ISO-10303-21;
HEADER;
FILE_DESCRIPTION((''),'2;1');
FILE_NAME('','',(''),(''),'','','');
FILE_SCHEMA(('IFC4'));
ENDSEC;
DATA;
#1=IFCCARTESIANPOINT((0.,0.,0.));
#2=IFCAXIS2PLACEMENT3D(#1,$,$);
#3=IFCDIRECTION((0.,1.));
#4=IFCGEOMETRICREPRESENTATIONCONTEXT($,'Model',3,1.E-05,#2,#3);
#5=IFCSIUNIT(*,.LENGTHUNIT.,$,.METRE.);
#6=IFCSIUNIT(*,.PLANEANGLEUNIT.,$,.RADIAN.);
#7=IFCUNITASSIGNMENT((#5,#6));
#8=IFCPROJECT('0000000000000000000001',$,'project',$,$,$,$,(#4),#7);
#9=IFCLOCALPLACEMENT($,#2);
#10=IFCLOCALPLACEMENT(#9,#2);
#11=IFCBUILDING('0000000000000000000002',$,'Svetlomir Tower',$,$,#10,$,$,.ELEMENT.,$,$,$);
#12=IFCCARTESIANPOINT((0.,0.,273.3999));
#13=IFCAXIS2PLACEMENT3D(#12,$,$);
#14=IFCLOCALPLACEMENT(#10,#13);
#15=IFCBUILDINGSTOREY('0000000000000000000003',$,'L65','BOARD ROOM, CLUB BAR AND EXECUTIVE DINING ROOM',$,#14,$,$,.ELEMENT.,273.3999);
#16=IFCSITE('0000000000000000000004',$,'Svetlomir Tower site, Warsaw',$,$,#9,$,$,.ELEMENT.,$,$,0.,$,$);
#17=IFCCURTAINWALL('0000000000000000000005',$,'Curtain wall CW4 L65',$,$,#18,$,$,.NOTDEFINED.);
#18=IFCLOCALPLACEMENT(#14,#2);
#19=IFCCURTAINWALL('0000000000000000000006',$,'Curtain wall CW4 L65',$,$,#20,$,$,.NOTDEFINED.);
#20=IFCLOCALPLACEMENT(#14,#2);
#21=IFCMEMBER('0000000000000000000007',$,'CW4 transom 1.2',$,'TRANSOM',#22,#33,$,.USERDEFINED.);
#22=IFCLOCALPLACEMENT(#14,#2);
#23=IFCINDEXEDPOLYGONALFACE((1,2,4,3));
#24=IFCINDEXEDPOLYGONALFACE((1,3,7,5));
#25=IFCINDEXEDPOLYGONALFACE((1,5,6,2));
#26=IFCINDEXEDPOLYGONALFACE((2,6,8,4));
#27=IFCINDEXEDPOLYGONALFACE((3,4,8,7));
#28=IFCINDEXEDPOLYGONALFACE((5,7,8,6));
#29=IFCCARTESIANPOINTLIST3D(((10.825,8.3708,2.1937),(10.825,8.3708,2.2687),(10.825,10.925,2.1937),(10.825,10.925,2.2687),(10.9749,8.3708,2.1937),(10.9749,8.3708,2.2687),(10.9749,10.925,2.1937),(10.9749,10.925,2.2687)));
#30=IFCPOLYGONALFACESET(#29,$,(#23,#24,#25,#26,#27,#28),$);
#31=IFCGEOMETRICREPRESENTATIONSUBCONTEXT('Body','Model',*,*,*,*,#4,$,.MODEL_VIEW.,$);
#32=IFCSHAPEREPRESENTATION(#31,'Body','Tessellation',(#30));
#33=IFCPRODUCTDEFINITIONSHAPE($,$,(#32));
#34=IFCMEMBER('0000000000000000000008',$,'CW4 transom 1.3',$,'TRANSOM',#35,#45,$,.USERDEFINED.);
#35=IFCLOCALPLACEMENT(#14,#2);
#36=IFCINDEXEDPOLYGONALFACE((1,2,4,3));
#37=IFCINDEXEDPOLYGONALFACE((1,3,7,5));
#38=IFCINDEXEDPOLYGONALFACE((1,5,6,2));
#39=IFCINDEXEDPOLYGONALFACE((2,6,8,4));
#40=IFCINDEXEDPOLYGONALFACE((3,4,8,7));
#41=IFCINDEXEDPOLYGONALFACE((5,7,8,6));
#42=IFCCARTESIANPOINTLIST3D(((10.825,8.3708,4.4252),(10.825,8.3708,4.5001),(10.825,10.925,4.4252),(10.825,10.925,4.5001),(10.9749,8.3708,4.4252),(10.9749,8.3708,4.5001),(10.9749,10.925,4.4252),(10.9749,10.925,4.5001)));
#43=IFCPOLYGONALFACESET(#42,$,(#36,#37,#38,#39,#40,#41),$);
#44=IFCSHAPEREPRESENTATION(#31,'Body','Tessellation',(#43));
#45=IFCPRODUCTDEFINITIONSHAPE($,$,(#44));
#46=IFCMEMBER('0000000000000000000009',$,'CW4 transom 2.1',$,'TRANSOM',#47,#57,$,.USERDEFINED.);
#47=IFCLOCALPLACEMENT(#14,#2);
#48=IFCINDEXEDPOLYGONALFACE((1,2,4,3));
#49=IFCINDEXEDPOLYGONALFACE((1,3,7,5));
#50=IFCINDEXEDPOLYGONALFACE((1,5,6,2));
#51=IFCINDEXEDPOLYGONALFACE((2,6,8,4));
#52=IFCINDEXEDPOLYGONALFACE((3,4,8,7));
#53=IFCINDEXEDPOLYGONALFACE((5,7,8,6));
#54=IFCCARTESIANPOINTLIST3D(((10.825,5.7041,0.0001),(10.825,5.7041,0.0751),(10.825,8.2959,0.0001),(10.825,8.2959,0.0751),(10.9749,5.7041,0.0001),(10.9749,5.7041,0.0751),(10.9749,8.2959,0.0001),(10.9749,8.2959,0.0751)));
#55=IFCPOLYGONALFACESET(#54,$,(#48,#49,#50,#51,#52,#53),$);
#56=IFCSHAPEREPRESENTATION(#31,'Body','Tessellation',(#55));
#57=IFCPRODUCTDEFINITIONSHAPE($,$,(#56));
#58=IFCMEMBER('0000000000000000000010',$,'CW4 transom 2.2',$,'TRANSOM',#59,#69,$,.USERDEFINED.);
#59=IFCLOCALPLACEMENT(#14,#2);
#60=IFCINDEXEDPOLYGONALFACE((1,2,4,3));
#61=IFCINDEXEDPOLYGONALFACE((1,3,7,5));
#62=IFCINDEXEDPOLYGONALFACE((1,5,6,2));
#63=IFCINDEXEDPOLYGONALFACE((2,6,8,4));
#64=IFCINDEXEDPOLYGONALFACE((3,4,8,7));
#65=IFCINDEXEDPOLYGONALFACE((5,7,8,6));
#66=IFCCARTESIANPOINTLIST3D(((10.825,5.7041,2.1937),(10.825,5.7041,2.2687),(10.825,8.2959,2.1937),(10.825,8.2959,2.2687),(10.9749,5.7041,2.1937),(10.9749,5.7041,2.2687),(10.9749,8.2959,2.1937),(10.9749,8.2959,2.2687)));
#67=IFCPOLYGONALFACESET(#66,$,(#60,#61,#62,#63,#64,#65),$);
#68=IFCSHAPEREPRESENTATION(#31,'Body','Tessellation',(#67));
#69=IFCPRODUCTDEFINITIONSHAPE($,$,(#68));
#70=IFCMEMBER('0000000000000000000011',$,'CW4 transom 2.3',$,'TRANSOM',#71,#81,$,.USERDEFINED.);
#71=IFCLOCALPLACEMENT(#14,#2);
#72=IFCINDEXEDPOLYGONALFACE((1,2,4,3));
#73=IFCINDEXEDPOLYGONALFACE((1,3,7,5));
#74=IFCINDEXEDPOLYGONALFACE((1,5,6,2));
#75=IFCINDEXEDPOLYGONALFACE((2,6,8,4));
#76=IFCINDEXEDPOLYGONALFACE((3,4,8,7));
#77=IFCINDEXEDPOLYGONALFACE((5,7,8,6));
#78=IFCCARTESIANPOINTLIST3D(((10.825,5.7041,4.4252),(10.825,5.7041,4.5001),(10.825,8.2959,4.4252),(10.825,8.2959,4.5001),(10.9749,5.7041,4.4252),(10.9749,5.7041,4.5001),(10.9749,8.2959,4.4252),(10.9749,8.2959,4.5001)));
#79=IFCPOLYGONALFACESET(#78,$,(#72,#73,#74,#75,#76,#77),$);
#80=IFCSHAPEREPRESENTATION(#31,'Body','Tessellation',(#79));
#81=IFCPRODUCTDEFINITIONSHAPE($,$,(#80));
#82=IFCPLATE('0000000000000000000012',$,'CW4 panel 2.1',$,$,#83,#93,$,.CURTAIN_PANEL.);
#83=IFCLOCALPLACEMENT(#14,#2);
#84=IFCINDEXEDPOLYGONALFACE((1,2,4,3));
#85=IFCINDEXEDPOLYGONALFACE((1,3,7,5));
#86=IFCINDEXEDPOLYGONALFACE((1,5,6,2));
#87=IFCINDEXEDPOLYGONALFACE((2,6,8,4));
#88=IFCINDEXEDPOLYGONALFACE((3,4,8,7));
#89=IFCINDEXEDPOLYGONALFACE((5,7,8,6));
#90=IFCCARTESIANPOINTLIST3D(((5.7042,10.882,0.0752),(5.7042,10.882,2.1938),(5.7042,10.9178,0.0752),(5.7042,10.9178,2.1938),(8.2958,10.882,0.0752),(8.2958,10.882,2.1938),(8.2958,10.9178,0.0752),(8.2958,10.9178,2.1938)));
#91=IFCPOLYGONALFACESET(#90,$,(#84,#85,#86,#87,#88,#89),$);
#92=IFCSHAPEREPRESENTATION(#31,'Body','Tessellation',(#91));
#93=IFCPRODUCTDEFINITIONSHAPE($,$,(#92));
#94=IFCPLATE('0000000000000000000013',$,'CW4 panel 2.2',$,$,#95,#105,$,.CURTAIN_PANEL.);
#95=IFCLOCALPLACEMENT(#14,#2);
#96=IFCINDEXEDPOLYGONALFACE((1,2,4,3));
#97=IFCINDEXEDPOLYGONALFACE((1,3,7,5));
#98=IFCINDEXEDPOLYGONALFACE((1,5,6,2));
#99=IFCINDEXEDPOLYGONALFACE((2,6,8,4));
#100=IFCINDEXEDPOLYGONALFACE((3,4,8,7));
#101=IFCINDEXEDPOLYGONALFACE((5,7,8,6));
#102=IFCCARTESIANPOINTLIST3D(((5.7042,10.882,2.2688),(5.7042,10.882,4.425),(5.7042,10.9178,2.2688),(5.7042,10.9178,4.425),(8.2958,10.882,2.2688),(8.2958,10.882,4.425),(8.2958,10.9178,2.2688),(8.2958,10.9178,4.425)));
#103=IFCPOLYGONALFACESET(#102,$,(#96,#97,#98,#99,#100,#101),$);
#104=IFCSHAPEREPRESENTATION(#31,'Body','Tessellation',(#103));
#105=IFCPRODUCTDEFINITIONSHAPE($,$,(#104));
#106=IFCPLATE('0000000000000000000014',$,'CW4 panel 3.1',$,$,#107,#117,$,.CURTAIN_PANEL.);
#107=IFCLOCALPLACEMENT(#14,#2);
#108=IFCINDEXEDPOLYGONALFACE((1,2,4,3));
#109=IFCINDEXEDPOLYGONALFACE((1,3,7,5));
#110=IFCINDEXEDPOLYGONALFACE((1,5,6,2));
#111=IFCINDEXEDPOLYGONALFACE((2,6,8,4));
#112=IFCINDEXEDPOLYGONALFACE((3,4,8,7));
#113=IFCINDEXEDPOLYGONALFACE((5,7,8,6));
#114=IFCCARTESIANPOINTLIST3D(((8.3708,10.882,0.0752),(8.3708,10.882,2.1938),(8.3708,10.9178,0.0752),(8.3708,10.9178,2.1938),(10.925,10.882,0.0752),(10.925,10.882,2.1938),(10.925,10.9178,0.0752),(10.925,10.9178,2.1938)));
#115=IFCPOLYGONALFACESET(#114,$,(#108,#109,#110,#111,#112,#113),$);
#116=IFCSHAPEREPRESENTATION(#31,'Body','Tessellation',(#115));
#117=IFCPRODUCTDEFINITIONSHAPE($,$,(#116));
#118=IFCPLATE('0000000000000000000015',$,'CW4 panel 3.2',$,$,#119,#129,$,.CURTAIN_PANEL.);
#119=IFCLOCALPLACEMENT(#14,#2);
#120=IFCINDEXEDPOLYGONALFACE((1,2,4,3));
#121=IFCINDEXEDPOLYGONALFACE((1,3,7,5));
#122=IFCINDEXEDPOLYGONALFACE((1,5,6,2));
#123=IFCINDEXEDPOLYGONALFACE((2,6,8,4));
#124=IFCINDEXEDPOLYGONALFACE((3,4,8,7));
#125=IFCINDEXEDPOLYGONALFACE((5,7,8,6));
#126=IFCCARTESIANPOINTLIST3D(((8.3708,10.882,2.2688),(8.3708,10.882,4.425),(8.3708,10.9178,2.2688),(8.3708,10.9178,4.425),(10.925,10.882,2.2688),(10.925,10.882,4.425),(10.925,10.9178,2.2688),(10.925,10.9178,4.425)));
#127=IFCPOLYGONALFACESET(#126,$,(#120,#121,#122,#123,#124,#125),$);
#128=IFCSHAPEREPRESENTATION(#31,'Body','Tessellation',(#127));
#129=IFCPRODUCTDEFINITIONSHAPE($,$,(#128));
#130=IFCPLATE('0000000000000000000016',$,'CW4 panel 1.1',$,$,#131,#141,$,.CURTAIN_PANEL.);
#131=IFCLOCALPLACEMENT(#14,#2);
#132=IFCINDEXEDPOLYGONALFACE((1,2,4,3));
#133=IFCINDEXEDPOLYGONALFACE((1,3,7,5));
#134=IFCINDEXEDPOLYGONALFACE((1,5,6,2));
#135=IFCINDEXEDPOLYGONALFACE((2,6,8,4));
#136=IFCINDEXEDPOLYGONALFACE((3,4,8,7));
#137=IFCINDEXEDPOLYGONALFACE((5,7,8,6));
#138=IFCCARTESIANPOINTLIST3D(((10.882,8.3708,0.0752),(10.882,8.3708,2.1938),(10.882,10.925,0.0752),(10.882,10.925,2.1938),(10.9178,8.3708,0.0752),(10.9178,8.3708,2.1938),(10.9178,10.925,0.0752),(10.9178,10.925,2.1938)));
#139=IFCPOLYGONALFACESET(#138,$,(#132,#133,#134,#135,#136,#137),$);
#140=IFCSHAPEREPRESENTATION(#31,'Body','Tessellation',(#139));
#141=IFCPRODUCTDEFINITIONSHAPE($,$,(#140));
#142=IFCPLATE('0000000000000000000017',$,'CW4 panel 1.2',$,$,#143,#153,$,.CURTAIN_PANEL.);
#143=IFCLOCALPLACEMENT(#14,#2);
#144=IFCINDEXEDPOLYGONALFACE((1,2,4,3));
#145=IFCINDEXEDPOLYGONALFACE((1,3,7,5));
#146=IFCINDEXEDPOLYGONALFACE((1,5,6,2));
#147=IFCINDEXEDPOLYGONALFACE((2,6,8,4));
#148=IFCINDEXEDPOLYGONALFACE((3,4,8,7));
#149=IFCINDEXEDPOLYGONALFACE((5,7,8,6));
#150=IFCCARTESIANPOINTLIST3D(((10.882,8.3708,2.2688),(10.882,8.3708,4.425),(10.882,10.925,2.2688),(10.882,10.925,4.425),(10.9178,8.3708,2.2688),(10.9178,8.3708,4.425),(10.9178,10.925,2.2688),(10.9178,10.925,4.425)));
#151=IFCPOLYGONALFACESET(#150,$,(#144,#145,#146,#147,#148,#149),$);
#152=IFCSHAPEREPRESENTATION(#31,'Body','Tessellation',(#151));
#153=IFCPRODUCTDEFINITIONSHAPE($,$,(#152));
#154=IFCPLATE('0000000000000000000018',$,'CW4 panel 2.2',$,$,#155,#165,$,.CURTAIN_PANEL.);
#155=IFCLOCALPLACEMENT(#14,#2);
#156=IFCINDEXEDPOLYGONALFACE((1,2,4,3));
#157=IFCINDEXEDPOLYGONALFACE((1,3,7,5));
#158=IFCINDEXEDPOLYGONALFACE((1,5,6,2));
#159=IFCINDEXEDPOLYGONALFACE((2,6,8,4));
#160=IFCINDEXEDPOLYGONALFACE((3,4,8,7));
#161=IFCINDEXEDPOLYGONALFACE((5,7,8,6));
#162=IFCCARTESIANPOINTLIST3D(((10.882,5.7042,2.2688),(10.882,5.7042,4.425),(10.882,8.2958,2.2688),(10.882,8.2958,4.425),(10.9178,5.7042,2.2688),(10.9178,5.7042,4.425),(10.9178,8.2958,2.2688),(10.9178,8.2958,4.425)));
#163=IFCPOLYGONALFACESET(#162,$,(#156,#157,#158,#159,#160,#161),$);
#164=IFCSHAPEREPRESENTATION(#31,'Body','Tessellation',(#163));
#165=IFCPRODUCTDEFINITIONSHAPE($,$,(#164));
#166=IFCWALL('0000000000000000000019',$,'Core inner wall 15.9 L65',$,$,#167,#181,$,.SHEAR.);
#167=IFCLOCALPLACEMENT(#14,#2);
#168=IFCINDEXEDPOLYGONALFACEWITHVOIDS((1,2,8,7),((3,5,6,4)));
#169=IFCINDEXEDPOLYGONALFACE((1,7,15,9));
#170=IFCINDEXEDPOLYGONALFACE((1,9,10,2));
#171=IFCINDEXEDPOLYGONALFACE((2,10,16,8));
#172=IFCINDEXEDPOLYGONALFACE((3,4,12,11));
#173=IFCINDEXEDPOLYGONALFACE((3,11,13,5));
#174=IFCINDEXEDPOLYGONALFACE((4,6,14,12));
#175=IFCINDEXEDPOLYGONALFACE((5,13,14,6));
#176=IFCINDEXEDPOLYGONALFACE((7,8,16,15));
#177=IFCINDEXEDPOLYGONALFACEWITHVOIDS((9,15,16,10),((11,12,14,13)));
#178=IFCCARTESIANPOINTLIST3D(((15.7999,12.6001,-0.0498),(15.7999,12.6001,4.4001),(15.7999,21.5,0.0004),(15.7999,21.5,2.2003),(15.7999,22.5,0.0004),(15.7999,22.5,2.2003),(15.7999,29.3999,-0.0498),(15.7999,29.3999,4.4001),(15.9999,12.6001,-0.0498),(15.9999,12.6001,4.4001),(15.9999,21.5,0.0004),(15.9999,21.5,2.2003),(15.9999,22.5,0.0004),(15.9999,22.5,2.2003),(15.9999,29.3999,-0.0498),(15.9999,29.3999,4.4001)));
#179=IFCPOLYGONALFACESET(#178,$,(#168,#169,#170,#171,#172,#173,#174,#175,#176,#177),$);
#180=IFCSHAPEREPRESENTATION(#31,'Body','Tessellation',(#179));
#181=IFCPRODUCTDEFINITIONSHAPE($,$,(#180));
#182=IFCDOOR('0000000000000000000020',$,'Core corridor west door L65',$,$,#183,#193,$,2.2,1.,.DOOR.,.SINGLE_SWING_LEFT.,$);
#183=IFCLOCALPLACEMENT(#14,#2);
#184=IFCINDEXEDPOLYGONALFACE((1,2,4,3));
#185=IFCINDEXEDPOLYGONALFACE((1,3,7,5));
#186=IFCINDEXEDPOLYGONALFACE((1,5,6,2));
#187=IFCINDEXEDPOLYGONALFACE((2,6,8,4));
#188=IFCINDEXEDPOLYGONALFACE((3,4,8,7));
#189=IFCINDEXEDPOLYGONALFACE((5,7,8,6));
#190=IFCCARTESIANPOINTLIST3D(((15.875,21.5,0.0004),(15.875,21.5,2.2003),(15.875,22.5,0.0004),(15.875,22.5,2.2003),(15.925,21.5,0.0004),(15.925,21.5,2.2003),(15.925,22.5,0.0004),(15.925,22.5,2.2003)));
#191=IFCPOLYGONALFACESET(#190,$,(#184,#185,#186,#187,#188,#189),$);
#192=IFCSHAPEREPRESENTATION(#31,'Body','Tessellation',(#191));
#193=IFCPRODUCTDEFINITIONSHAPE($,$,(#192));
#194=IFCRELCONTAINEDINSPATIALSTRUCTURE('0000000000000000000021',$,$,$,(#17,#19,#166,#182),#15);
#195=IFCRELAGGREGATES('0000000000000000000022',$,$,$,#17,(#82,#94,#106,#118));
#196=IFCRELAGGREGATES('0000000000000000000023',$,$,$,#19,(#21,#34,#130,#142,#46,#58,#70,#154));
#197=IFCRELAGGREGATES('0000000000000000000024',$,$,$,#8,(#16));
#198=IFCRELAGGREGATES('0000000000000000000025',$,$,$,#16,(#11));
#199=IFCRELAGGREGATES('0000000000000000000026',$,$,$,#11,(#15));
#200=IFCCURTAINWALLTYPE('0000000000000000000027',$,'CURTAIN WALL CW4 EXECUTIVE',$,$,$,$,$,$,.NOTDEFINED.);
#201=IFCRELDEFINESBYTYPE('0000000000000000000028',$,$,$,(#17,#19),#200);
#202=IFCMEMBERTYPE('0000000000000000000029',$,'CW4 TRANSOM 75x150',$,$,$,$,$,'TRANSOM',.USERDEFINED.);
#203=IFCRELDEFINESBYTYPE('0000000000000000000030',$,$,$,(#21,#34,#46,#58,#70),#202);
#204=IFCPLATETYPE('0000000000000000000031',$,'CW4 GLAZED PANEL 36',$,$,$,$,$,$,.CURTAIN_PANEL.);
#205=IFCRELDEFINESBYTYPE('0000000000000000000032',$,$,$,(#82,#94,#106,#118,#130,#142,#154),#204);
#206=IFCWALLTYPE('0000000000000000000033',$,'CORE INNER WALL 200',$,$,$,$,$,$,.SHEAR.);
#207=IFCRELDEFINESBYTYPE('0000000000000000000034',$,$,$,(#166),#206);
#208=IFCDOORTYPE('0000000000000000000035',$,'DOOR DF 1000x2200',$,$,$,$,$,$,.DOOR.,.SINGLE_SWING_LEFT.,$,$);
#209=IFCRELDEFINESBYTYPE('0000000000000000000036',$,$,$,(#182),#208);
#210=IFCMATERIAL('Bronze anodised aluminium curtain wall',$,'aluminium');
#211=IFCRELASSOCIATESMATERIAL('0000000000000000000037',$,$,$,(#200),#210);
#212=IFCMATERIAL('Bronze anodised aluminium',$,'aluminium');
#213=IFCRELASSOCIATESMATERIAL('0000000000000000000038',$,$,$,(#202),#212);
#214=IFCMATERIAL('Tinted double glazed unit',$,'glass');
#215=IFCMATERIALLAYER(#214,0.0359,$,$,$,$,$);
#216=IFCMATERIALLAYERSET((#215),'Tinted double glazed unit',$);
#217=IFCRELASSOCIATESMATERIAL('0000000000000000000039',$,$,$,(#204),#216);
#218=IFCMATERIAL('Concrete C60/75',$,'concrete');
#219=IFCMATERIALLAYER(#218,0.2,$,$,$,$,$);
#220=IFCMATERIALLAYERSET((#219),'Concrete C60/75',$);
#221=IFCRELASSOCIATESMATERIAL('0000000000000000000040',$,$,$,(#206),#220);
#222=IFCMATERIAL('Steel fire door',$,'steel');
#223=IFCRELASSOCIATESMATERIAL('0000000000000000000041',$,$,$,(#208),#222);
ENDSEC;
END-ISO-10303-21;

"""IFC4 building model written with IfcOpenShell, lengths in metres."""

from ifc_helpers import new_model, si_unit, direction, frame, frame_2d, origin, origin_2d, place, context, subcontext, project, spatial, rectangle, extrude, material, layer, layer_set, material_profile, profile_set, type_object, element, fill, aggregate, save


model = new_model("IFC4")

# Units and contexts
model_context = context("Model", 3, precision=1e-05, world=origin(), true_north=direction((0.0, 1.0)))
body_context = subcontext(model_context, "Body", "Model", "MODEL_VIEW")
ifc_project = project(units=[si_unit("LENGTHUNIT", "METRE"), si_unit("PLANEANGLEUNIT", "RADIAN")], contexts=[model_context])

# Site, building, storey
site_placement = place(None, origin())
site = spatial("IfcSite", under=ifc_project, at=site_placement, Name="Svetlomir Tower site, Warsaw", CompositionType="ELEMENT", RefElevation=0.0)
building_placement = place(site_placement, origin())
building = spatial("IfcBuilding", under=site, at=building_placement, Name="Svetlomir Tower", CompositionType="ELEMENT")
storey_placement = place(building_placement, frame((0.0, 0.0, 273.3999)))
storey = spatial("IfcBuildingStorey", under=building, at=storey_placement, Name="L65", Description="BOARD ROOM, CLUB BAR AND EXECUTIVE DINING ROOM", CompositionType="ELEMENT", Elevation=273.3999)

# Curtain walls
ifc_material_1 = material(Name="Bronze anodised aluminium curtain wall", Category="aluminium")
curtain_wall_type = type_object("IfcCurtainWallType", Name="CURTAIN WALL CW4 EXECUTIVE", PredefinedType="NOTDEFINED", material=ifc_material_1)
curtain_wall_1_placement = place(storey_placement, origin())
curtain_wall_1 = element("IfcCurtainWall", 1, at=curtain_wall_1_placement, inside=storey, type_object=curtain_wall_type, Name="Curtain wall CW4 L65", PredefinedType="NOTDEFINED")
curtain_wall_2_placement = place(storey_placement, origin())
curtain_wall_2 = element("IfcCurtainWall", 2, at=curtain_wall_2_placement, inside=storey, type_object=curtain_wall_type, Name="Curtain wall CW4 L65", PredefinedType="NOTDEFINED")

# Members
ifc_material_2 = material(Name="Bronze anodised aluminium", Category="aluminium")
ifc_material_profile_1 = material_profile(ifc_material_2, rectangle(XDim=0.1499, YDim=0.075, at=origin_2d()), Name="AL 150x75")
ifc_profile_set_1 = profile_set([ifc_material_profile_1], Name="Bronze anodised aluminium 6063-T6")
member_type_1 = type_object("IfcMemberType", Name="CW4 TRANSOM 75x150", ElementType="TRANSOM", PredefinedType="USERDEFINED", material=ifc_profile_set_1)
member_1_placement = place(storey_placement, frame((10.8999, 10.925, 2.2312), z_axis=(0.0, -1.0, 0.0), x_axis=(1.0, 0.0, 0.0)))
member_1 = element("IfcMember", 3, at=member_1_placement, type_object=member_type_1, Name="CW4 transom 1.2", ObjectType="TRANSOM", PredefinedType="USERDEFINED", context=body_context, shape_type="SweptSolid", body=[
    extrude(rectangle(XDim=0.1499, YDim=0.075, at=origin_2d()), origin(), (0.0, 0.0, 1.0), 2.5542),
])
member_2_placement = place(storey_placement, frame((10.8999, 10.925, 4.4626), z_axis=(0.0, -1.0, 0.0), x_axis=(1.0, 0.0, 0.0)))
member_2 = element("IfcMember", 4, at=member_2_placement, type_object=member_type_1, Name="CW4 transom 1.3", ObjectType="TRANSOM", PredefinedType="USERDEFINED", context=body_context, shape_type="SweptSolid", body=[
    extrude(rectangle(XDim=0.1499, YDim=0.075, at=origin_2d()), origin(), (0.0, 0.0, 1.0), 2.5542),
])
member_3_placement = place(storey_placement, frame((10.8999, 8.2959, 0.0376), z_axis=(0.0, -1.0, 0.0), x_axis=(1.0, 0.0, 0.0)))
member_3 = element("IfcMember", 5, at=member_3_placement, type_object=member_type_1, Name="CW4 transom 2.1", ObjectType="TRANSOM", PredefinedType="USERDEFINED", context=body_context, shape_type="SweptSolid", body=[
    extrude(rectangle(XDim=0.1499, YDim=0.075, at=origin_2d()), origin(), (0.0, 0.0, 1.0), 2.5918),
])
member_4_placement = place(storey_placement, frame((10.8999, 8.2959, 2.2312), z_axis=(0.0, -1.0, 0.0), x_axis=(1.0, 0.0, 0.0)))
member_4 = element("IfcMember", 6, at=member_4_placement, type_object=member_type_1, Name="CW4 transom 2.2", ObjectType="TRANSOM", PredefinedType="USERDEFINED", context=body_context, shape_type="SweptSolid", body=[
    extrude(rectangle(XDim=0.1499, YDim=0.075, at=origin_2d()), origin(), (0.0, 0.0, 1.0), 2.5918),
])
member_5_placement = place(storey_placement, frame((10.8999, 8.2959, 4.4626), z_axis=(0.0, -1.0, 0.0), x_axis=(1.0, 0.0, 0.0)))
member_5 = element("IfcMember", 7, at=member_5_placement, type_object=member_type_1, Name="CW4 transom 2.3", ObjectType="TRANSOM", PredefinedType="USERDEFINED", context=body_context, shape_type="SweptSolid", body=[
    extrude(rectangle(XDim=0.1499, YDim=0.075, at=origin_2d()), origin(), (0.0, 0.0, 1.0), 2.5918),
])

# Plates
ifc_material_3 = material(Name="Tinted double glazed unit", Category="glass")
ifc_layer_1 = layer(ifc_material_3, 0.0359)
ifc_layer_set_1 = layer_set([ifc_layer_1], Name="Tinted double glazed unit")
plate_type = type_object("IfcPlateType", Name="CW4 GLAZED PANEL 36", PredefinedType="CURTAIN_PANEL", material=ifc_layer_set_1)
plate_1_placement = place(storey_placement, frame((7.0, 10.8999, 0.0752), z_axis=(0.0, 0.0, 1.0), x_axis=(1.0, 0.0, 0.0)))
plate_1 = element("IfcPlate", 8, at=plate_1_placement, type_object=plate_type, Name="CW4 panel 2.1", PredefinedType="CURTAIN_PANEL", context=body_context, shape_type="SweptSolid", body=[
    extrude(rectangle(XDim=2.5916, YDim=0.0359, at=origin_2d()), origin(), (0.0, 0.0, 1.0), 2.1187),
])
plate_2_placement = place(storey_placement, frame((7.0, 10.8999, 2.2688), z_axis=(0.0, 0.0, 1.0), x_axis=(1.0, 0.0, 0.0)))
plate_2 = element("IfcPlate", 9, at=plate_2_placement, type_object=plate_type, Name="CW4 panel 2.2", PredefinedType="CURTAIN_PANEL", context=body_context, shape_type="SweptSolid", body=[
    extrude(rectangle(XDim=2.5916, YDim=0.0359, at=origin_2d()), origin(), (0.0, 0.0, 1.0), 2.1562),
])
plate_3_placement = place(storey_placement, frame((9.6479, 10.8999, 0.0752), z_axis=(0.0, 0.0, 1.0), x_axis=(1.0, 0.0, 0.0)))
plate_3 = element("IfcPlate", 10, at=plate_3_placement, type_object=plate_type, Name="CW4 panel 3.1", PredefinedType="CURTAIN_PANEL", context=body_context, shape_type="SweptSolid", body=[
    extrude(rectangle(XDim=2.5542, YDim=0.0359, at=origin_2d()), origin(), (0.0, 0.0, 1.0), 2.1187),
])
plate_4_placement = place(storey_placement, frame((9.6479, 10.8999, 2.2688), z_axis=(0.0, 0.0, 1.0), x_axis=(1.0, 0.0, 0.0)))
plate_4 = element("IfcPlate", 11, at=plate_4_placement, type_object=plate_type, Name="CW4 panel 3.2", PredefinedType="CURTAIN_PANEL", context=body_context, shape_type="SweptSolid", body=[
    extrude(rectangle(XDim=2.5542, YDim=0.0359, at=origin_2d()), origin(), (0.0, 0.0, 1.0), 2.1562),
])
aggregate(curtain_wall_1, [plate_1, plate_2, plate_3, plate_4])
plate_5_placement = place(storey_placement, frame((10.8999, 9.6479, 0.0752), z_axis=(0.0, 0.0, 1.0), x_axis=(0.0, -1.0, 0.0)))
plate_5 = element("IfcPlate", 12, at=plate_5_placement, type_object=plate_type, Name="CW4 panel 1.1", PredefinedType="CURTAIN_PANEL", context=body_context, shape_type="SweptSolid", body=[
    extrude(rectangle(XDim=2.5542, YDim=0.0359, at=origin_2d()), origin(), (0.0, 0.0, 1.0), 2.1187),
])
plate_6_placement = place(storey_placement, frame((10.8999, 9.6479, 2.2688), z_axis=(0.0, 0.0, 1.0), x_axis=(0.0, -1.0, 0.0)))
plate_6 = element("IfcPlate", 13, at=plate_6_placement, type_object=plate_type, Name="CW4 panel 1.2", PredefinedType="CURTAIN_PANEL", context=body_context, shape_type="SweptSolid", body=[
    extrude(rectangle(XDim=2.5542, YDim=0.0359, at=origin_2d()), origin(), (0.0, 0.0, 1.0), 2.1562),
])
plate_7_placement = place(storey_placement, frame((10.8999, 7.0, 2.2688), z_axis=(0.0, 0.0, 1.0), x_axis=(0.0, -1.0, 0.0)))
plate_7 = element("IfcPlate", 14, at=plate_7_placement, type_object=plate_type, Name="CW4 panel 2.2", PredefinedType="CURTAIN_PANEL", context=body_context, shape_type="SweptSolid", body=[
    extrude(rectangle(XDim=2.5916, YDim=0.0359, at=origin_2d()), origin(), (0.0, 0.0, 1.0), 2.1562),
])
aggregate(curtain_wall_2, [member_1, member_2, plate_5, plate_6, member_3, member_4, member_5, plate_7])

# Wall, opening, door
ifc_material_4 = material(Name="Concrete C60/75", Category="concrete")
ifc_layer_2 = layer(ifc_material_4, 0.2)
ifc_layer_set_2 = layer_set([ifc_layer_2], Name="Concrete C60/75")
wall_type_1 = type_object("IfcWallType", Name="CORE INNER WALL 200", PredefinedType="SHEAR", material=ifc_layer_set_2)
wall_1_placement = place(storey_placement, frame((15.8999, 12.6001, -0.0498), z_axis=(0.0, 0.0, 1.0), x_axis=(0.0, 1.0, 0.0)))
wall_1 = element("IfcWall", 15, at=wall_1_placement, inside=storey, type_object=wall_type_1, Name="Core inner wall 15.9 L65", PredefinedType="SHEAR", context=body_context, shape_type="SweptSolid", body=[
    extrude(rectangle(XDim=16.7998, YDim=0.2, at=frame_2d((8.3999, 0.0))), origin(), (0.0, 0.0, 1.0), 4.45),
])
opening_1_placement = place(wall_1_placement, frame((8.8999, 0.0, 0.05)))
opening_1 = element("IfcOpeningElement", 16, at=opening_1_placement, cuts=wall_1, PredefinedType="OPENING", context=body_context, shape_type="SweptSolid", body=[
    extrude(rectangle(XDim=1.0, YDim=2.2, at=frame_2d((0.5, 1.1001))), frame((0.0, 0.1099, 0.0), z_axis=(0.0, -1.0, 0.0), x_axis=(1.0, 0.0, 0.0)), (0.0, 0.0, 1.0), 0.22),
])
ifc_material_5 = material(Name="Steel fire door", Category="steel")
door_type_1 = type_object("IfcDoorType", Name="DOOR DF 1000x2200", OperationType="SINGLE_SWING_LEFT", PredefinedType="DOOR", material=ifc_material_5)
door_1_placement = place(opening_1_placement, origin())
door_1 = element("IfcDoor", 17, at=door_1_placement, inside=storey, type_object=door_type_1, Name="Core corridor west door L65", OperationType="SINGLE_SWING_LEFT", OverallHeight=2.2, OverallWidth=1.0, PredefinedType="DOOR", context=body_context, shape_type="SweptSolid", body=[
    extrude(rectangle(XDim=1.0, YDim=2.2, at=frame_2d((0.5, 1.1001))), frame((0.0, 0.0249, 0.0), z_axis=(0.0, -1.0, 0.0), x_axis=(1.0, 0.0, 0.0)), (0.0, 0.0, 1.0), 0.05),
])
fill(opening_1, door_1)

save(model, "model.ifc")
